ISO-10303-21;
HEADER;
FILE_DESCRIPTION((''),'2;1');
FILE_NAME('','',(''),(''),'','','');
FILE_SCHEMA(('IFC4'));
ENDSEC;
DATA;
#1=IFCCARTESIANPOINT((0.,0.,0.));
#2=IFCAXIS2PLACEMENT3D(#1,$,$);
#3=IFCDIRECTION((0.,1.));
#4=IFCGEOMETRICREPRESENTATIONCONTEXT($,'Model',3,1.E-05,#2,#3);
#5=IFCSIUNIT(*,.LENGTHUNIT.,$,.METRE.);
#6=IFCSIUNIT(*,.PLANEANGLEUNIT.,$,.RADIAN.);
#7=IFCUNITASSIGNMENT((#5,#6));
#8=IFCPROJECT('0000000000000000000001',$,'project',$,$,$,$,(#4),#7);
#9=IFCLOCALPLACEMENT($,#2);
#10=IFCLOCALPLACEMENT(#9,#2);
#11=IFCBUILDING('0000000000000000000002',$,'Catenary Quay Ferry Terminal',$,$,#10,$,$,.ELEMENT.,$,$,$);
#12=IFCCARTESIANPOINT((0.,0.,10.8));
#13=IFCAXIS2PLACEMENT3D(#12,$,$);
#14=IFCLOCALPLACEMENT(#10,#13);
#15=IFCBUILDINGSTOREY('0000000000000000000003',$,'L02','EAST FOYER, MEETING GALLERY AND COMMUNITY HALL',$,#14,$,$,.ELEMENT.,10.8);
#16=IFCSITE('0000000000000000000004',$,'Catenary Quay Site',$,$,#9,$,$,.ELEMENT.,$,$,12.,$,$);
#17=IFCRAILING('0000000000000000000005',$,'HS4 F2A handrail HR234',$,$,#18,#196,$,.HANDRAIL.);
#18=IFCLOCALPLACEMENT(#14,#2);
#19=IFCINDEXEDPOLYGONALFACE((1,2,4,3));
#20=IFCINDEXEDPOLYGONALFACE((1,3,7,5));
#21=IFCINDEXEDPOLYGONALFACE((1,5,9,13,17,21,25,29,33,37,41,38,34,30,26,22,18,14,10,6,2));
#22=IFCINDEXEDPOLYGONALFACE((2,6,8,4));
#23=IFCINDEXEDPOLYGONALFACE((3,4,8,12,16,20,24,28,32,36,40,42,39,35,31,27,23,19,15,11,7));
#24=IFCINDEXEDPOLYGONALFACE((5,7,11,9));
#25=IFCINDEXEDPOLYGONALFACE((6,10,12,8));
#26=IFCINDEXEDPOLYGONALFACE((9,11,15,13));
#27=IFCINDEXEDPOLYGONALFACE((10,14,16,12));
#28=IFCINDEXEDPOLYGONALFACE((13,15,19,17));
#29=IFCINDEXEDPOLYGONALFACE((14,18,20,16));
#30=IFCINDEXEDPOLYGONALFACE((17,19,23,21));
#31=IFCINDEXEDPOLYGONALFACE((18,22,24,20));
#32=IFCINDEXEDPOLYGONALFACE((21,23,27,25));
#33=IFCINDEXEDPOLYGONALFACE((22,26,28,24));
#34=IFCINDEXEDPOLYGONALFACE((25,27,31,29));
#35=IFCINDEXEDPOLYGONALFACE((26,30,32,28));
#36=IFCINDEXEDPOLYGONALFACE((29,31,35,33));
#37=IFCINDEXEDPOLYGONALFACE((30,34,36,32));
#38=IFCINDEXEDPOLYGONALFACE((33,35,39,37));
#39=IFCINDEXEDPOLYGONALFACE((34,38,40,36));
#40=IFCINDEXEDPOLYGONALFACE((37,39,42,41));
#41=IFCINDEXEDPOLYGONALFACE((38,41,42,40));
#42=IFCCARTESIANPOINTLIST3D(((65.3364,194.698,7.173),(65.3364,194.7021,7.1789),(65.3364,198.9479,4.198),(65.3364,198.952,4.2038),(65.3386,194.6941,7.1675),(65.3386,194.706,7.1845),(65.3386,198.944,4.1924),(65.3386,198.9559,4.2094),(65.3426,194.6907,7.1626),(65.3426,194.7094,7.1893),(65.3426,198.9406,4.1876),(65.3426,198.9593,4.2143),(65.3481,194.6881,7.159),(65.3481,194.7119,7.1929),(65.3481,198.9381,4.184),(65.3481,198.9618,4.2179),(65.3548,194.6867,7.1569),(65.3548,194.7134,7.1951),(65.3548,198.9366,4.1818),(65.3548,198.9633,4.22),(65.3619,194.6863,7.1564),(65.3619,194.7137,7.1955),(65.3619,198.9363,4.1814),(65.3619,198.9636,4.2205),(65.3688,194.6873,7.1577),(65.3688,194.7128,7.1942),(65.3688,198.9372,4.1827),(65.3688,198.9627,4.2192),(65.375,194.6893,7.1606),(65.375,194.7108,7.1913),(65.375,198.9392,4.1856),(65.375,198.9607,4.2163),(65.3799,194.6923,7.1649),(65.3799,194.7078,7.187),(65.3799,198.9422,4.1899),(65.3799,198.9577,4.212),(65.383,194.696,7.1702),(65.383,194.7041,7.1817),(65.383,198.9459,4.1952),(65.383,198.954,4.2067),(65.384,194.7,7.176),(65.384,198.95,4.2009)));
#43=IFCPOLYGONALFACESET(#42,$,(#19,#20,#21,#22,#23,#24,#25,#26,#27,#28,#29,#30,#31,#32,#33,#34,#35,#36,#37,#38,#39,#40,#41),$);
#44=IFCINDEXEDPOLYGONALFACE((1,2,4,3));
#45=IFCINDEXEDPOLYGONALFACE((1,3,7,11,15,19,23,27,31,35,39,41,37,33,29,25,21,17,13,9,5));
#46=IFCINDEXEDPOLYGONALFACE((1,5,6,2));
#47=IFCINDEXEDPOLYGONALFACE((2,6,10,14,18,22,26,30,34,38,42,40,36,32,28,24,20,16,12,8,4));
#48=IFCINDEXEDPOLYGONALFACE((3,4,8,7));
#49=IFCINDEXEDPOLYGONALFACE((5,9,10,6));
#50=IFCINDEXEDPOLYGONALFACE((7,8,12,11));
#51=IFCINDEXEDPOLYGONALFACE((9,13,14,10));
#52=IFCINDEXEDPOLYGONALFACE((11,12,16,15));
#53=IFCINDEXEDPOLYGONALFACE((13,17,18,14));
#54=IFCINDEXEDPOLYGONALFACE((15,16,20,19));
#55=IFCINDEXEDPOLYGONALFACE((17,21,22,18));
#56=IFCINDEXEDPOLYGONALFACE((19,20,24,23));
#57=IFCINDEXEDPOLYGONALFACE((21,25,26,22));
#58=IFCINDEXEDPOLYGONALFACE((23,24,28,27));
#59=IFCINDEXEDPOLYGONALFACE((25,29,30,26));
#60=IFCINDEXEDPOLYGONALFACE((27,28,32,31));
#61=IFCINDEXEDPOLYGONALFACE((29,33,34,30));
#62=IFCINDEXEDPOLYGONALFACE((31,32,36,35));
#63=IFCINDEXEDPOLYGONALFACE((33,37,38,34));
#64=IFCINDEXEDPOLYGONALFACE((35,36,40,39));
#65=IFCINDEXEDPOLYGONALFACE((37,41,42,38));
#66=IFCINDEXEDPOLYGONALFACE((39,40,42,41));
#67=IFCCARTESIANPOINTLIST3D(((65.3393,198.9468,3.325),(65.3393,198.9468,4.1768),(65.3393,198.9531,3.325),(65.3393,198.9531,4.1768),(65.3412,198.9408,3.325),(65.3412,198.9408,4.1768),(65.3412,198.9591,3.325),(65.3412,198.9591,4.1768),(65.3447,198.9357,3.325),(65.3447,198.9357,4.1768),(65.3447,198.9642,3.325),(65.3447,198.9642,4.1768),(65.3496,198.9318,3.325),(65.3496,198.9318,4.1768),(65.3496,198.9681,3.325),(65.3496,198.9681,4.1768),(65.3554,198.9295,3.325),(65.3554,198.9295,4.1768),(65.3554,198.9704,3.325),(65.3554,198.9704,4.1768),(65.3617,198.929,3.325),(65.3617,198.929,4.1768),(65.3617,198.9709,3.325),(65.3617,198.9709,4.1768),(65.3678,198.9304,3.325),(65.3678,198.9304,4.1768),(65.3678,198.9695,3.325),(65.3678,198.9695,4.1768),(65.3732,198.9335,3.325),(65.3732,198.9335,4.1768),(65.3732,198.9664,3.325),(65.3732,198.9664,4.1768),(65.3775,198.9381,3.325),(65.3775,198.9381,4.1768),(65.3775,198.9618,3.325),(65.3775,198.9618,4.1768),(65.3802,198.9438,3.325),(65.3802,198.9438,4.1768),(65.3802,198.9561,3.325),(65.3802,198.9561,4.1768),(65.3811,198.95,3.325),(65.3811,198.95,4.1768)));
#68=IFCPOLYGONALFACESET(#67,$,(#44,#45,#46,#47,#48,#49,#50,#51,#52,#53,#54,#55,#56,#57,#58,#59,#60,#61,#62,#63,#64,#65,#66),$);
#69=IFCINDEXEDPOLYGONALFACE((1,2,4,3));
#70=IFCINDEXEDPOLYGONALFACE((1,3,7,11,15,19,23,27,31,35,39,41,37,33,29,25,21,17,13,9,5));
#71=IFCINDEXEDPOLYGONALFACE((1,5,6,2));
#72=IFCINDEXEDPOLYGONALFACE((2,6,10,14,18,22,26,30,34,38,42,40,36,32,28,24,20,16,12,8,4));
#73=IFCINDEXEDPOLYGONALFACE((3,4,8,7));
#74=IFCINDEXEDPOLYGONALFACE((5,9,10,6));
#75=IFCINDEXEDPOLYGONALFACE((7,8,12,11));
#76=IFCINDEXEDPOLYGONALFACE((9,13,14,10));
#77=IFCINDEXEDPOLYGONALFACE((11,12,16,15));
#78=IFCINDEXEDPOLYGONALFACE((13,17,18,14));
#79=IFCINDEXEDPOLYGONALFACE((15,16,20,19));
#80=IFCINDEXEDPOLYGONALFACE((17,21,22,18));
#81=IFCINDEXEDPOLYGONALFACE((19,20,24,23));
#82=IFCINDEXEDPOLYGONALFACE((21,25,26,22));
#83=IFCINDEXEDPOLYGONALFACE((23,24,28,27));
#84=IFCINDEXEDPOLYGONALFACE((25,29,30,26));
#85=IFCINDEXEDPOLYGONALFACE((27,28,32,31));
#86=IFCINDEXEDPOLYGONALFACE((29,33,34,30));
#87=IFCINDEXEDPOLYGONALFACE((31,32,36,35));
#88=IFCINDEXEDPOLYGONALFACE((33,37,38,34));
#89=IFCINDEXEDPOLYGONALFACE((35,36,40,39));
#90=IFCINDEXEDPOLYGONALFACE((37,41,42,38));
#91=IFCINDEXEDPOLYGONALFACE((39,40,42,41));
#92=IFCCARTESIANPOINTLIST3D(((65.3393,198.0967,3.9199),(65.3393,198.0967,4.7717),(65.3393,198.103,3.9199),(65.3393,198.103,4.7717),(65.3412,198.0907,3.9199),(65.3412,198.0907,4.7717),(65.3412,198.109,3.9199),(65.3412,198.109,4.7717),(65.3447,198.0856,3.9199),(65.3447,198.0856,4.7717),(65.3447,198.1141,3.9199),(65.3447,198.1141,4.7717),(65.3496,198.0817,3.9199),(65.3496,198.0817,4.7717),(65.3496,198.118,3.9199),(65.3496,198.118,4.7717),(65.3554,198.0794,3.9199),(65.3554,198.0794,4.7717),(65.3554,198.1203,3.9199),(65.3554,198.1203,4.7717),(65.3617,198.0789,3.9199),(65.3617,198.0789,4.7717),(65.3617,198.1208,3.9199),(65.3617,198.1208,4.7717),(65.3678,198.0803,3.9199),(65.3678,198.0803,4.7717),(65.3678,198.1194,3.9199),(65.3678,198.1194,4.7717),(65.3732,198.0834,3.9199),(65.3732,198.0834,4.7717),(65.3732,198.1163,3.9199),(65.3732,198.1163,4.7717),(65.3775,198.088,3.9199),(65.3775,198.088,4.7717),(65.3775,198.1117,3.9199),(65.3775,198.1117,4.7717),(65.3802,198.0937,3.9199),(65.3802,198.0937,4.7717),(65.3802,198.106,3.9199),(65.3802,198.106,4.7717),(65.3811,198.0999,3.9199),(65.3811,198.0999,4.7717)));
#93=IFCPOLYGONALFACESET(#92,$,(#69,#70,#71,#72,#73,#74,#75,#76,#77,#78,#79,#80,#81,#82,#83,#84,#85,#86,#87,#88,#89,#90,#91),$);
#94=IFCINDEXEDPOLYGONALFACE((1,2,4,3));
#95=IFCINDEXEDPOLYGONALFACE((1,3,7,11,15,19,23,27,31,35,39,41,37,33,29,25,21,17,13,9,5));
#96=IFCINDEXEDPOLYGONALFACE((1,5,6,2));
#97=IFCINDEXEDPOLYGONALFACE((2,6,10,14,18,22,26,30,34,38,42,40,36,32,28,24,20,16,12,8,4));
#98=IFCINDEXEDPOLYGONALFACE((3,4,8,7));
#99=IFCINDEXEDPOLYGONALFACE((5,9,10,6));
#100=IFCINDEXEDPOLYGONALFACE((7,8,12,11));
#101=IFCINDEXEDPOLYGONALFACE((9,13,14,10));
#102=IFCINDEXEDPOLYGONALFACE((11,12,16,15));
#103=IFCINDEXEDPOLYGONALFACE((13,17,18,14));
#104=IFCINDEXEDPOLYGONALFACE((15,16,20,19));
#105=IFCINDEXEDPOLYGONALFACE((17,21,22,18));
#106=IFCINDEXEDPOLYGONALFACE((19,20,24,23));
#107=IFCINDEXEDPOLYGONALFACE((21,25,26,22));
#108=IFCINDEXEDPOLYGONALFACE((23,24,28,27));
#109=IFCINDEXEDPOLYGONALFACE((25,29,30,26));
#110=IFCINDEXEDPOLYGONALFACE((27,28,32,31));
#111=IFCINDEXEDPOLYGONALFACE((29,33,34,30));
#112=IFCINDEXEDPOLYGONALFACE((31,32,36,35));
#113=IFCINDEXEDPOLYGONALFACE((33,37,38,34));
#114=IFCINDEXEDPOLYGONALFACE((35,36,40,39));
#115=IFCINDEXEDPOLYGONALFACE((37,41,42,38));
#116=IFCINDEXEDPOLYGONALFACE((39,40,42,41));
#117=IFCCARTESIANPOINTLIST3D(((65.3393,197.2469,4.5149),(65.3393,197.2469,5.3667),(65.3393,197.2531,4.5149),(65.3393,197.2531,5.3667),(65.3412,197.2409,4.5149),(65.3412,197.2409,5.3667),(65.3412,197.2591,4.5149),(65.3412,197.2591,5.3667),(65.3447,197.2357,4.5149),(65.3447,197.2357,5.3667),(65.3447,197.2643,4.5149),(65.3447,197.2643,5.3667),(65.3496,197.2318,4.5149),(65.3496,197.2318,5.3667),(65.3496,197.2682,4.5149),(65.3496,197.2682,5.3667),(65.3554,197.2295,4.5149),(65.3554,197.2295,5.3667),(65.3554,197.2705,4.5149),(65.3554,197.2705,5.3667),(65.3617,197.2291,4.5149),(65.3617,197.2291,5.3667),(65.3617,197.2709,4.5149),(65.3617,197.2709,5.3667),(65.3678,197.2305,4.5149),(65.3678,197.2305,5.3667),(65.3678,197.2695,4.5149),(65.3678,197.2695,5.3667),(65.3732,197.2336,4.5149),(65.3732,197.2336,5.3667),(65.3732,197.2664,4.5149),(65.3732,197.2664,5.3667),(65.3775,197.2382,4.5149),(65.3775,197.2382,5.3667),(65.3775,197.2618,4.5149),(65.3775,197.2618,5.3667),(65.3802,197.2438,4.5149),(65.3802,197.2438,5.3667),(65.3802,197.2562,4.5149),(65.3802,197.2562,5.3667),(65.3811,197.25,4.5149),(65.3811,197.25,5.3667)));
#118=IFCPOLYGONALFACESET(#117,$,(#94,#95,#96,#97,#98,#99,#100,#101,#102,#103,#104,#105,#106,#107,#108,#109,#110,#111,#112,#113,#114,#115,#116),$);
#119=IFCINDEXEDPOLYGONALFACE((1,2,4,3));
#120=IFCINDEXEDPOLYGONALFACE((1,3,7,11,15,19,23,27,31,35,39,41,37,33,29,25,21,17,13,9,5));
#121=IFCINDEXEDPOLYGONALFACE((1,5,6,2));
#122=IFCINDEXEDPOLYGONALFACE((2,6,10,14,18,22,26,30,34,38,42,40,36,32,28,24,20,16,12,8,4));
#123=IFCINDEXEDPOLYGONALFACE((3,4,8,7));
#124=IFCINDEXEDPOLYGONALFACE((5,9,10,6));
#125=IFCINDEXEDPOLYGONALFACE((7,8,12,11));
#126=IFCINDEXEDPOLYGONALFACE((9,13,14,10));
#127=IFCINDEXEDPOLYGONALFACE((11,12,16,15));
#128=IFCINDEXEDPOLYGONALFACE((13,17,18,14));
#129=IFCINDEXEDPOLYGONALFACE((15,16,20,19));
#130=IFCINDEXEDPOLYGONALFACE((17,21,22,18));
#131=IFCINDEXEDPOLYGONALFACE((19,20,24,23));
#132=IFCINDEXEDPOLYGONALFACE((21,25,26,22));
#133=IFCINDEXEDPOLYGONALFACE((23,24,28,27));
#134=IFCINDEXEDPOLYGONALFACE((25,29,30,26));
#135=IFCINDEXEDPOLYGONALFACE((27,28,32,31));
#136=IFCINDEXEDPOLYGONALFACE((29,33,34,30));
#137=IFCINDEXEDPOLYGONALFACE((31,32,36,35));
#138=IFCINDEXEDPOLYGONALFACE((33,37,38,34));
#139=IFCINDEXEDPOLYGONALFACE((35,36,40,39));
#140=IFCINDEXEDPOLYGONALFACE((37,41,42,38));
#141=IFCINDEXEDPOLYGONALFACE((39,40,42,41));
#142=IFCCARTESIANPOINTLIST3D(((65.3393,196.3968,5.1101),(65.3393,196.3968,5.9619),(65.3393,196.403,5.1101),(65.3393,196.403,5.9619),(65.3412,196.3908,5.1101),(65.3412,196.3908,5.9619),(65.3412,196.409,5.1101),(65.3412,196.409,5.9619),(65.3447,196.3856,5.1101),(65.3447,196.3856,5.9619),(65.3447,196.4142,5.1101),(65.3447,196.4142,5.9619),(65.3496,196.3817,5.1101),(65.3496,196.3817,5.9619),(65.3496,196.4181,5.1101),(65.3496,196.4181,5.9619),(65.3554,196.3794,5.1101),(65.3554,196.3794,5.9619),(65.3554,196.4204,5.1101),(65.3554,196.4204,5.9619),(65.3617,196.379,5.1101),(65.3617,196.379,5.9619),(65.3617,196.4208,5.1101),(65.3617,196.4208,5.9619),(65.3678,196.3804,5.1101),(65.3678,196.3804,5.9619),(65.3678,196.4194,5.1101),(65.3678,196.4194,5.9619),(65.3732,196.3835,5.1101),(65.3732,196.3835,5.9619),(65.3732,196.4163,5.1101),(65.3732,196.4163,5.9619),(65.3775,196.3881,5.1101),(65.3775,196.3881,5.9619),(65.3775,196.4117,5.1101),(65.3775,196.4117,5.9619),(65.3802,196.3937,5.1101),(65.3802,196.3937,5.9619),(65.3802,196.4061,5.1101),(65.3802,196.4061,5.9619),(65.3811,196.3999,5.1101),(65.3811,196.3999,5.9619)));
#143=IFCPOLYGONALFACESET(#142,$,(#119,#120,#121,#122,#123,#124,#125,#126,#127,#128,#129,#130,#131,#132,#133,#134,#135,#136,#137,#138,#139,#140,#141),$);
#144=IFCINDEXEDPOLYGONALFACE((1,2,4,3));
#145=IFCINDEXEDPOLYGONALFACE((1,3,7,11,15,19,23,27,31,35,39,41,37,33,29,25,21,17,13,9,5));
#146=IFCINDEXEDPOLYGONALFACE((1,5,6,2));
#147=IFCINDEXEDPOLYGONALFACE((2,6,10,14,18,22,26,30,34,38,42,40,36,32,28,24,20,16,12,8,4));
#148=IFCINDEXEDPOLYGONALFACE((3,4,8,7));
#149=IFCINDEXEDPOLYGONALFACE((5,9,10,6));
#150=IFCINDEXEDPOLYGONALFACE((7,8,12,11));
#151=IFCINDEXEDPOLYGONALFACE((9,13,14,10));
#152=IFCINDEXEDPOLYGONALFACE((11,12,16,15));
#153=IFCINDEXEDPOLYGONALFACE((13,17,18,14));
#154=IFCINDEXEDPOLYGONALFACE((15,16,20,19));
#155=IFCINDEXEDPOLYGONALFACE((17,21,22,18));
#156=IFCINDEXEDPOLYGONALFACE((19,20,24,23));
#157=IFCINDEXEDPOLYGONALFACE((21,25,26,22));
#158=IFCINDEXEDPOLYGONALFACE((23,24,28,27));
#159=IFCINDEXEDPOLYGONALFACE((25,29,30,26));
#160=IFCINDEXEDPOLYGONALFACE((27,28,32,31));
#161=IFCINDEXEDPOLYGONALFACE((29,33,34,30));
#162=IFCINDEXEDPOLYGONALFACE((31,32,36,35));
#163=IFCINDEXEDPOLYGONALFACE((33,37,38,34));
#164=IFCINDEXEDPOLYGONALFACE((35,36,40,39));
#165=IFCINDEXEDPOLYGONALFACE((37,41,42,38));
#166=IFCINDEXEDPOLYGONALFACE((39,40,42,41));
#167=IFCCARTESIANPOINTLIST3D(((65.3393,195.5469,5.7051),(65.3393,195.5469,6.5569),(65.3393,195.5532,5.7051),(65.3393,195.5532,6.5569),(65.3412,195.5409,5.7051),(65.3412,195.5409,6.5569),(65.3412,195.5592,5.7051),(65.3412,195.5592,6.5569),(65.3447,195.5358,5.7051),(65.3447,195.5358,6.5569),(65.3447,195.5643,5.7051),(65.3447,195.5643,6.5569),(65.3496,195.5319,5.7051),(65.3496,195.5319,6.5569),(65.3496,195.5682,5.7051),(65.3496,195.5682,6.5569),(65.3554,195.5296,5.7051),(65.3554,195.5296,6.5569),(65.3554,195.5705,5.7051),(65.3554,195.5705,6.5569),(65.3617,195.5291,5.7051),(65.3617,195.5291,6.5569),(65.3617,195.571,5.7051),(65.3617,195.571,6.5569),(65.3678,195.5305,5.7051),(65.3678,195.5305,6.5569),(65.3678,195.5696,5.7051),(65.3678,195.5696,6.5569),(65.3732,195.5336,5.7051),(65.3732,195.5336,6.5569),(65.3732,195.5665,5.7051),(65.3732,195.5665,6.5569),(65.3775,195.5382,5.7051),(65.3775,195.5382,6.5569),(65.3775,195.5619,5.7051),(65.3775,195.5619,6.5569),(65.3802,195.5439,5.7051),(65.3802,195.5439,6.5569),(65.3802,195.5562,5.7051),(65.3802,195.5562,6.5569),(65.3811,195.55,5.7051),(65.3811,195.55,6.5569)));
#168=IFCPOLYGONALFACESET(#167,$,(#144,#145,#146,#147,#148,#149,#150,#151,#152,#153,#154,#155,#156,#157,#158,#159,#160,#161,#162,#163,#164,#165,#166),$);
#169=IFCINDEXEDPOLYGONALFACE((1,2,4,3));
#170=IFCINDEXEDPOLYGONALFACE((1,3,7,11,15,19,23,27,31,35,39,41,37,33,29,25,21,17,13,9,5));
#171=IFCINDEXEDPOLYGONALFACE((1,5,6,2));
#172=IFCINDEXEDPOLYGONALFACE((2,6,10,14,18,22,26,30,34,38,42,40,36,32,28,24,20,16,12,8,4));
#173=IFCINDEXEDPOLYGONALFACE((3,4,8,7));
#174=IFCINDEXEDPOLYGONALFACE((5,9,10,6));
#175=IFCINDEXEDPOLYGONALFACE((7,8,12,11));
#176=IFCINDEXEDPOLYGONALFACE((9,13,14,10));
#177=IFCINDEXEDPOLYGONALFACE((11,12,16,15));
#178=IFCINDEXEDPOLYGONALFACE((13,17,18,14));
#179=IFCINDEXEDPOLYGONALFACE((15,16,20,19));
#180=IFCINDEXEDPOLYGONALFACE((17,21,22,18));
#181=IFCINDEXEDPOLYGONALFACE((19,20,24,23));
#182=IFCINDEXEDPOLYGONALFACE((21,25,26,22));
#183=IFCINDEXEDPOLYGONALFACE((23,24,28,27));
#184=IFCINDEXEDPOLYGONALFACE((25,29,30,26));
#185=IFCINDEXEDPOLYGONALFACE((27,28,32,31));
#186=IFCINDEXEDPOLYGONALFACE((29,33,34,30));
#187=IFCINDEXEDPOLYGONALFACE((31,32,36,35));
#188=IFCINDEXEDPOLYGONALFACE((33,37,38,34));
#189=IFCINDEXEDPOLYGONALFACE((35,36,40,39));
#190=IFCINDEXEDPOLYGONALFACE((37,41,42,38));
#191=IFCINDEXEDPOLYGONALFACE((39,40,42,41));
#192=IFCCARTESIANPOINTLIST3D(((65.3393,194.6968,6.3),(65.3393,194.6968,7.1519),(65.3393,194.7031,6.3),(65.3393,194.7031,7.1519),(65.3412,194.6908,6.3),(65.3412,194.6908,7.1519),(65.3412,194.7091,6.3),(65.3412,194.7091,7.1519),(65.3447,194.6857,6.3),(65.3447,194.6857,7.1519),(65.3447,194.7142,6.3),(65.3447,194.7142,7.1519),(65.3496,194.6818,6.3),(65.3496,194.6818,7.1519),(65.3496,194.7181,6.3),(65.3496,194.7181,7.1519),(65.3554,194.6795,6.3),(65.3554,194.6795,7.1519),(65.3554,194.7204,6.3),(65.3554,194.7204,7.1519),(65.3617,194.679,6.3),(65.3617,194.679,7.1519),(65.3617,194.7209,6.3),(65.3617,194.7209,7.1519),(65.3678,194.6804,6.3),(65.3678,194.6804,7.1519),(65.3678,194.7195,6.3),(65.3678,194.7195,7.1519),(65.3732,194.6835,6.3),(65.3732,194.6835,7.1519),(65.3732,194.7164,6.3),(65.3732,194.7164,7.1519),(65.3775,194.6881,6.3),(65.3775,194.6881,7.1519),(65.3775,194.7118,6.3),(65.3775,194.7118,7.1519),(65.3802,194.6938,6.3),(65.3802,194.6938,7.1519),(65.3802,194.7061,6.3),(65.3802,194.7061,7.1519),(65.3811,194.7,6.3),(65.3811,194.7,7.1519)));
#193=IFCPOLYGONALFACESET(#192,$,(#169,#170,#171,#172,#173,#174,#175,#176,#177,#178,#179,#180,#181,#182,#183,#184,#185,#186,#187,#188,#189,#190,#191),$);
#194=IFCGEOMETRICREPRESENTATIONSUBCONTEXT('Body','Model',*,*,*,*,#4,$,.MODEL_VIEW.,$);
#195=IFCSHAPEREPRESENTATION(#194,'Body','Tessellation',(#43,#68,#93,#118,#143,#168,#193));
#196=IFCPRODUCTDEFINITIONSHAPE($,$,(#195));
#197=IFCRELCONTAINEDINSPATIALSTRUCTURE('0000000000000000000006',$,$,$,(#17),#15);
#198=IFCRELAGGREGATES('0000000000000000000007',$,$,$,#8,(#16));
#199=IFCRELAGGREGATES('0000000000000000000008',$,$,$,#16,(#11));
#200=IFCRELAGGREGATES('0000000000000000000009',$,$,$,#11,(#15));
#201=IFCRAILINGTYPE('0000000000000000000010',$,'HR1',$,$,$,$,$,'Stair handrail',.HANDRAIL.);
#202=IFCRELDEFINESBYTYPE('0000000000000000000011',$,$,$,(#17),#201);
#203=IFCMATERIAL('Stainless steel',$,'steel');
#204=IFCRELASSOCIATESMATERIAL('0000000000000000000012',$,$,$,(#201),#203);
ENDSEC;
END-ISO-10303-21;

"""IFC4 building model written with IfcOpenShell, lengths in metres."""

from ifc_helpers import new_model, si_unit, direction, frame, origin, origin_2d, place, context, subcontext, project, spatial, circle, extrude, material, type_object, element, save


model = new_model("IFC4")

# Units and contexts
model_context = context("Model", 3, precision=1e-05, world=origin(), true_north=direction((0.0, 1.0)))
body_context = subcontext(model_context, "Body", "Model", "MODEL_VIEW")
ifc_project = project(units=[si_unit("LENGTHUNIT", "METRE"), si_unit("PLANEANGLEUNIT", "RADIAN")], contexts=[model_context])

# Site, building, storey
site_placement = place(None, origin())
site = spatial("IfcSite", under=ifc_project, at=site_placement, Name="Catenary Quay Site", CompositionType="ELEMENT", RefElevation=12.0)
building_placement = place(site_placement, origin())
building = spatial("IfcBuilding", under=site, at=building_placement, Name="Catenary Quay Ferry Terminal", CompositionType="ELEMENT")
storey_placement = place(building_placement, frame((0.0, 0.0, 10.8)))
storey = spatial("IfcBuildingStorey", under=building, at=storey_placement, Name="L02", Description="EAST FOYER, MEETING GALLERY AND COMMUNITY HALL", CompositionType="ELEMENT", Elevation=10.8)

# Railing
ifc_material_1 = material(Name="Stainless steel", Category="steel")
railing_type_1 = type_object("IfcRailingType", Name="HR1", ElementType="Stair handrail", PredefinedType="HANDRAIL", material=ifc_material_1)
for number, where, name in (
    (1, (65.3601, 198.95, 3.325), "HS4 F2A handrail HR234"),
):
    element("IfcRailing", number, at=place(storey_placement, frame(where)), inside=storey, type_object=railing_type_1, Name=name, PredefinedType="HANDRAIL", context=body_context, shape_type="SweptSolid", body=[
        extrude(circle(Radius=0.0239, at=origin_2d()), frame((0.0, 0.0, 0.876), z_axis=(0.0, -0.819223, 0.573475), x_axis=(1.0, 0.0, 0.0)), (0.0, 0.0, 1.0), 5.1877),
        extrude(circle(Radius=0.021, at=origin_2d()), origin(), (0.0, 0.0, 1.0), 0.8518),
        extrude(circle(Radius=0.021, at=origin_2d()), frame((0.0, -0.8501, 0.595)), (0.0, 0.0, 1.0), 0.8518),
        extrude(circle(Radius=0.021, at=origin_2d()), frame((0.0, -1.7, 1.1899)), (0.0, 0.0, 1.0), 0.8518),
        extrude(circle(Radius=0.021, at=origin_2d()), frame((0.0, -2.55, 1.7852)), (0.0, 0.0, 1.0), 0.8518),
        extrude(circle(Radius=0.021, at=origin_2d()), frame((0.0, -3.3999, 2.3801)), (0.0, 0.0, 1.0), 0.8518),
        extrude(circle(Radius=0.021, at=origin_2d()), frame((0.0, -4.25, 2.9751)), (0.0, 0.0, 1.0), 0.8518),
    ])

save(model, "model.ifc")
